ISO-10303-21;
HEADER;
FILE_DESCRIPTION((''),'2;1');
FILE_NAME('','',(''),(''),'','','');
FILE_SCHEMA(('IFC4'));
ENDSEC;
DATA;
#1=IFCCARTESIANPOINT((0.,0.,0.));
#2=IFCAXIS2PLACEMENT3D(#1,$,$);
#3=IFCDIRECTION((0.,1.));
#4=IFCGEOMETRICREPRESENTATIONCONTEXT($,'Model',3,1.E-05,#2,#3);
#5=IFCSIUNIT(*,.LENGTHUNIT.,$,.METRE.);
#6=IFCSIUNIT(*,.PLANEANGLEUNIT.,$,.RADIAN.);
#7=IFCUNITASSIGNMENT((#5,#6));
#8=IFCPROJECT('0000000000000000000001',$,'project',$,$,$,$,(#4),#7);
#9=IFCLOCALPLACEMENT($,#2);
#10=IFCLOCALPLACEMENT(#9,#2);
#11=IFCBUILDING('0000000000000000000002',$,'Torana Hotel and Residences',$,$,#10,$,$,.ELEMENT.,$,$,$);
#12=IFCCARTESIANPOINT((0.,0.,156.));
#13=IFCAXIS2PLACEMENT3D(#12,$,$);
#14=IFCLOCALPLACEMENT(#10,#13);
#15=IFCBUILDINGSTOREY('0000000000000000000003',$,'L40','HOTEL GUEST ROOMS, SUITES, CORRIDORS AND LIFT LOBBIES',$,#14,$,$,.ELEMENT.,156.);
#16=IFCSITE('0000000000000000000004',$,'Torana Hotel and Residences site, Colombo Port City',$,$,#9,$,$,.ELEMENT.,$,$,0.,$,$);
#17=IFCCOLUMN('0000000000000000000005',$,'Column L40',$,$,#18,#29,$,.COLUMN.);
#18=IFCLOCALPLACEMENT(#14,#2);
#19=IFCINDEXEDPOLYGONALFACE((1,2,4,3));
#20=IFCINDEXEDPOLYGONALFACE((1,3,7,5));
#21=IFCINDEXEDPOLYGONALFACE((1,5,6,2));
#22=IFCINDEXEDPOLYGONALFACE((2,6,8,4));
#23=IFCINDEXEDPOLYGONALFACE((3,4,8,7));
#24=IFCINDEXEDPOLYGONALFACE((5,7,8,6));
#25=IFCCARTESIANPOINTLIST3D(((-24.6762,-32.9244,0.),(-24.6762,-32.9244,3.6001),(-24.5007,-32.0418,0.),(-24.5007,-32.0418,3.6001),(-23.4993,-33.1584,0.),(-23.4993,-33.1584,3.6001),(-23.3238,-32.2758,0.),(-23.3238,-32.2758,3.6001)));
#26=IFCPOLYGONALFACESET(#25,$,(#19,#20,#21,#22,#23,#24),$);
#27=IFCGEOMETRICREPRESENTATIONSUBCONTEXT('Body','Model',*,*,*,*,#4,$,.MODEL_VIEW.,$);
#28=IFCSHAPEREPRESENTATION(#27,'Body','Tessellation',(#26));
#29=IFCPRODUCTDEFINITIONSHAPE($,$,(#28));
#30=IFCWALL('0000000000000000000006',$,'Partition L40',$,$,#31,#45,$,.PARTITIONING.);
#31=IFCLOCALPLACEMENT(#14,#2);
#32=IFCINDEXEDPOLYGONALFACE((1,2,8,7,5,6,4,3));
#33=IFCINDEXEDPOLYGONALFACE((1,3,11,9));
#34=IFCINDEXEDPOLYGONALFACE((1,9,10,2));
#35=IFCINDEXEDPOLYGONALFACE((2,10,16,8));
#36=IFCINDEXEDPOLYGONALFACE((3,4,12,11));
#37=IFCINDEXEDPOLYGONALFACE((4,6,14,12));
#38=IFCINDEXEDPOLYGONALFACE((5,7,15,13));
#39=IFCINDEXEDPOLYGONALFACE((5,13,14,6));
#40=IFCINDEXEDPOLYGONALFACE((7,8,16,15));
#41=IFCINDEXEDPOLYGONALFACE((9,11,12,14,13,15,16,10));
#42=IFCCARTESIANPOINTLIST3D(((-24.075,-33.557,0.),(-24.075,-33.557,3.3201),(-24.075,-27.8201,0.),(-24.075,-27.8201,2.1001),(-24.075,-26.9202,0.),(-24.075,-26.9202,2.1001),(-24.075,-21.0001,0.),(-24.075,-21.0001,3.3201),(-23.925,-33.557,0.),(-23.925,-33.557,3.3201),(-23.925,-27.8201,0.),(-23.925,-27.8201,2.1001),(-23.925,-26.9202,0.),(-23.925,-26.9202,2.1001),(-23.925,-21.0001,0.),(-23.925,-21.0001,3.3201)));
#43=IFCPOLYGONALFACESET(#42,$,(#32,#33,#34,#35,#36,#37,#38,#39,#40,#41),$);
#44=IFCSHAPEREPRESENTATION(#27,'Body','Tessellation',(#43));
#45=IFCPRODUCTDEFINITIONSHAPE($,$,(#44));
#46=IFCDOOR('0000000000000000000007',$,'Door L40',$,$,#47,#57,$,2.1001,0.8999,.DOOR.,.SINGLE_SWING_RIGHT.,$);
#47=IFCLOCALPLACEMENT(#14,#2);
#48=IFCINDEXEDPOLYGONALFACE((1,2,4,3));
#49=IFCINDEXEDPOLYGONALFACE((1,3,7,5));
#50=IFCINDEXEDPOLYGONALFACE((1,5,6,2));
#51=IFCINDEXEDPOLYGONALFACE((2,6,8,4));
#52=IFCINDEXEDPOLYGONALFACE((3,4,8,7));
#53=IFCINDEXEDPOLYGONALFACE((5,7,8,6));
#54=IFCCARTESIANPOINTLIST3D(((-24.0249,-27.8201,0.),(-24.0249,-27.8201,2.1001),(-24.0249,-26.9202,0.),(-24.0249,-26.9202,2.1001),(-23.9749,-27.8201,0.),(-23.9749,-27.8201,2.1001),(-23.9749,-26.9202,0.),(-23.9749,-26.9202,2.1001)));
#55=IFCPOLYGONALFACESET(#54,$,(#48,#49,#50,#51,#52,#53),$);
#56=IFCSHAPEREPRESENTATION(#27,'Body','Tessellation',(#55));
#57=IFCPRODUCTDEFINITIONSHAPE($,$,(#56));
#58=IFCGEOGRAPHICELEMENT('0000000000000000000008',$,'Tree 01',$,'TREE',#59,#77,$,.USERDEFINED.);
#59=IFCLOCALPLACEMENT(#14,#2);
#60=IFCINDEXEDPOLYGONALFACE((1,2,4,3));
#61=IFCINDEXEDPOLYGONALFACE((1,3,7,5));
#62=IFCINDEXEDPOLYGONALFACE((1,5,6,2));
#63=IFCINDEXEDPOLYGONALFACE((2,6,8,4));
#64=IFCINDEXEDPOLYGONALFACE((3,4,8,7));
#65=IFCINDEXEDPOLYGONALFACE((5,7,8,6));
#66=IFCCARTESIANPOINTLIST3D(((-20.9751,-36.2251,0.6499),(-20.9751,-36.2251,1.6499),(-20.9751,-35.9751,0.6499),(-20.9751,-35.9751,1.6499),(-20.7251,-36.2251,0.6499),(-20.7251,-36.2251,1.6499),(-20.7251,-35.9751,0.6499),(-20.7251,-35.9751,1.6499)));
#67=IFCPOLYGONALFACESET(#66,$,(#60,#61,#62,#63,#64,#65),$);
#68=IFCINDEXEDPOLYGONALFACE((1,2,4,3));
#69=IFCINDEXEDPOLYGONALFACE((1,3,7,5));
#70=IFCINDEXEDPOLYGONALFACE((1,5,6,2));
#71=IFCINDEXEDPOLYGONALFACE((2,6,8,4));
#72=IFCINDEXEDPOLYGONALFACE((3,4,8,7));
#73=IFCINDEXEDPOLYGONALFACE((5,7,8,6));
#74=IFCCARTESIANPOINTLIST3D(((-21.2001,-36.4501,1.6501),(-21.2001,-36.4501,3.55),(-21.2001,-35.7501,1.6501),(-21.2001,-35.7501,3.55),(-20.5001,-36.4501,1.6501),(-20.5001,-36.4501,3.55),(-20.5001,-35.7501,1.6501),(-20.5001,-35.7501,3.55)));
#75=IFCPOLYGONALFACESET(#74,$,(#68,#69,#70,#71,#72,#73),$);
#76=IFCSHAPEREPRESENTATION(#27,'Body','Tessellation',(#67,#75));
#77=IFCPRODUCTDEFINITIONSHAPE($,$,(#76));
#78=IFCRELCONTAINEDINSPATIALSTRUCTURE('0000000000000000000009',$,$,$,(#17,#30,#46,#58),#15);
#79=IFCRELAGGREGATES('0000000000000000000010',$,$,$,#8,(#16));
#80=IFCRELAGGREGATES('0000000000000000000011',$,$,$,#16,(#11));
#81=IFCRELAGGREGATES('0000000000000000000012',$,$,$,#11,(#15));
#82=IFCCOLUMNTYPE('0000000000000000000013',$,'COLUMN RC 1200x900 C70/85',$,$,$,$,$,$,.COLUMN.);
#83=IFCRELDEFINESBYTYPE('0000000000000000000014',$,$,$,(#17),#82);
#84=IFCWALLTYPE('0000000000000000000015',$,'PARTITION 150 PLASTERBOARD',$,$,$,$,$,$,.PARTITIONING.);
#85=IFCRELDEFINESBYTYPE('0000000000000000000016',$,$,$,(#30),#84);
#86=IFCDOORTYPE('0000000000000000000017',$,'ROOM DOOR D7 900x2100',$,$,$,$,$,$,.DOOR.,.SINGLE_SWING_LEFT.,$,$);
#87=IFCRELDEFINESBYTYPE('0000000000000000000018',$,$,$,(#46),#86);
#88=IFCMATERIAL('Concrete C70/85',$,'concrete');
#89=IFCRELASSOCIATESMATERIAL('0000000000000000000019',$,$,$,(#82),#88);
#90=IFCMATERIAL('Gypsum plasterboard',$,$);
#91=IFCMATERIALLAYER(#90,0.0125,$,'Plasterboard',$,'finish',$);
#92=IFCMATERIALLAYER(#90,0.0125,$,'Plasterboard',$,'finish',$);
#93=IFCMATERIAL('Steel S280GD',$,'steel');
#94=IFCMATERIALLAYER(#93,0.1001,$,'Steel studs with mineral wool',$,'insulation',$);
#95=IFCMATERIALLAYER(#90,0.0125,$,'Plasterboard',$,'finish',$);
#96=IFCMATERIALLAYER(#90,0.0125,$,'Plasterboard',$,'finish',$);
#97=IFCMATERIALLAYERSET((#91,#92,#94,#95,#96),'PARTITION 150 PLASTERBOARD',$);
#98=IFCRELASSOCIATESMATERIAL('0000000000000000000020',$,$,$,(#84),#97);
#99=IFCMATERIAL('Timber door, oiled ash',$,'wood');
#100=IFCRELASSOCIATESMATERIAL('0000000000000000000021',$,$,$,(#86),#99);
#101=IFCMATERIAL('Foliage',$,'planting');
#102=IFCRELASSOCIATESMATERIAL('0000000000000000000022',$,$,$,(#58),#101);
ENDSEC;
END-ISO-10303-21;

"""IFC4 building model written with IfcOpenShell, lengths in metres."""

from ifc_helpers import new_model, si_unit, direction, frame, frame_2d, origin, origin_2d, place, context, subcontext, project, spatial, rectangle, extrude, material, layer, layer_set, material_profile, profile_set, type_object, element, fill, save


model = new_model("IFC4")

# Units and contexts
model_context = context("Model", 3, precision=1e-05, world=origin(), true_north=direction((0.0, 1.0)))
body_context = subcontext(model_context, "Body", "Model", "MODEL_VIEW")
ifc_project = project(units=[si_unit("LENGTHUNIT", "METRE"), si_unit("PLANEANGLEUNIT", "RADIAN")], contexts=[model_context])

# Site, building, storey
site_placement = place(None, origin())
site = spatial("IfcSite", under=ifc_project, at=site_placement, Name="Torana Hotel and Residences site, Colombo Port City", CompositionType="ELEMENT", RefElevation=0.0)
building_placement = place(site_placement, origin())
building = spatial("IfcBuilding", under=site, at=building_placement, Name="Torana Hotel and Residences", CompositionType="ELEMENT")
storey_placement = place(building_placement, frame((0.0, 0.0, 156.0)))
storey = spatial("IfcBuildingStorey", under=building, at=storey_placement, Name="L40", Description="HOTEL GUEST ROOMS, SUITES, CORRIDORS AND LIFT LOBBIES", CompositionType="ELEMENT", Elevation=156.0)

# Column
ifc_material_1 = material(Name="Concrete C70/85", Category="concrete")
ifc_material_profile = material_profile(ifc_material_1, rectangle(XDim=1.2, YDim=0.8999, at=origin_2d()), Name="RC 1200x900")
ifc_profile_set = profile_set([ifc_material_profile], Name="Concrete C70/85")
column_type = type_object("IfcColumnType", Name="COLUMN RC 1200x900 C70/85", PredefinedType="COLUMN", material=ifc_profile_set)
column_placement = place(storey_placement, frame((-24.0, -32.6001, 0.0), z_axis=(0.0, 0.0, 1.0), x_axis=(-0.980792, 0.195056, 0.0)))
element("IfcColumn", 1, at=column_placement, inside=storey, type_object=column_type, Name="Column L40", PredefinedType="COLUMN", context=body_context, shape_type="SweptSolid", body=[
    extrude(rectangle(XDim=1.2, YDim=0.8999, at=origin_2d()), origin(), (0.0, 0.0, 1.0), 3.6001),
])

# Shared definitions
ifc_material_2 = material(Name="Steel S280GD", Category="steel")

# Wall, opening, door
ifc_material_3 = material(Name="Gypsum plasterboard")
ifc_layer_1 = layer(ifc_material_3, 0.0125, Name="Plasterboard", Category="finish")
ifc_layer_2 = layer(ifc_material_3, 0.0125, Name="Plasterboard", Category="finish")
ifc_layer_3 = layer(ifc_material_2, 0.1001, Name="Steel studs with mineral wool", Category="insulation")
ifc_layer_4 = layer(ifc_material_3, 0.0125, Name="Plasterboard", Category="finish")
ifc_layer_5 = layer(ifc_material_3, 0.0125, Name="Plasterboard", Category="finish")
ifc_layer_set_1 = layer_set([ifc_layer_1, ifc_layer_2, ifc_layer_3, ifc_layer_4, ifc_layer_5], Name="PARTITION 150 PLASTERBOARD")
wall_type_1 = type_object("IfcWallType", Name="PARTITION 150 PLASTERBOARD", PredefinedType="PARTITIONING", material=ifc_layer_set_1)
wall_1_placement = place(storey_placement, frame((-24.0, -33.5569, 0.0), z_axis=(0.0, 0.0, 1.0), x_axis=(0.0, 1.0, 0.0)))
wall_1 = element("IfcWall", 2, at=wall_1_placement, inside=storey, type_object=wall_type_1, Name="Partition L40", PredefinedType="PARTITIONING", context=body_context, shape_type="SweptSolid", body=[
    extrude(rectangle(XDim=12.5569, YDim=0.1499, at=frame_2d((6.2783, 0.0))), origin(), (0.0, 0.0, 1.0), 3.3201),
])
opening_1_placement = place(wall_1_placement, frame((5.7368, 0.0, 0.0)))
opening_1 = element("IfcOpeningElement", 3, at=opening_1_placement, cuts=wall_1, PredefinedType="OPENING", context=body_context, shape_type="SweptSolid", body=[
    extrude(rectangle(XDim=0.8999, YDim=2.1001, at=frame_2d((0.45, 1.05))), frame((0.0, 0.085, 0.0), z_axis=(0.0, -1.0, 0.0), x_axis=(1.0, 0.0, 0.0)), (0.0, 0.0, 1.0), 0.1699),
])
ifc_material_4 = material(Name="Timber door, oiled ash", Category="wood")
door_type_1 = type_object("IfcDoorType", Name="ROOM DOOR D7 900x2100", OperationType="SINGLE_SWING_LEFT", PredefinedType="DOOR", material=ifc_material_4)
door_1_placement = place(opening_1_placement, origin())
door_1 = element("IfcDoor", 4, at=door_1_placement, inside=storey, type_object=door_type_1, Name="Door L40", OperationType="SINGLE_SWING_RIGHT", OverallHeight=2.1001, OverallWidth=0.8999, PredefinedType="DOOR", context=body_context, shape_type="SweptSolid", body=[
    extrude(rectangle(XDim=0.8999, YDim=2.1001, at=frame_2d((0.45, 1.05))), frame((0.0, 0.0249, 0.0), z_axis=(0.0, -1.0, 0.0), x_axis=(1.0, 0.0, 0.0)), (0.0, 0.0, 1.0), 0.05),
])
fill(opening_1, door_1)

# Geographic element
ifc_material_5 = material(Name="Foliage", Category="planting")
geographic_element_placement = place(storey_placement, frame((-20.8501, -36.1001, 0.6499), z_axis=(0.0, 0.0, 1.0), x_axis=(1.0, 0.0, 0.0)))
element("IfcGeographicElement", 5, at=geographic_element_placement, inside=storey, material=ifc_material_5, Name="Tree 01", ObjectType="TREE", PredefinedType="USERDEFINED", context=body_context, shape_type="SweptSolid", body=[
    extrude(rectangle(XDim=0.25, YDim=0.25, at=origin_2d()), origin(), (0.0, 0.0, 1.0), 1.0),
    extrude(rectangle(XDim=0.7, YDim=0.7, at=origin_2d()), frame((0.0, 0.0, 1.0002)), (0.0, 0.0, 1.0), 1.8999),
])

save(model, "model.ifc")
